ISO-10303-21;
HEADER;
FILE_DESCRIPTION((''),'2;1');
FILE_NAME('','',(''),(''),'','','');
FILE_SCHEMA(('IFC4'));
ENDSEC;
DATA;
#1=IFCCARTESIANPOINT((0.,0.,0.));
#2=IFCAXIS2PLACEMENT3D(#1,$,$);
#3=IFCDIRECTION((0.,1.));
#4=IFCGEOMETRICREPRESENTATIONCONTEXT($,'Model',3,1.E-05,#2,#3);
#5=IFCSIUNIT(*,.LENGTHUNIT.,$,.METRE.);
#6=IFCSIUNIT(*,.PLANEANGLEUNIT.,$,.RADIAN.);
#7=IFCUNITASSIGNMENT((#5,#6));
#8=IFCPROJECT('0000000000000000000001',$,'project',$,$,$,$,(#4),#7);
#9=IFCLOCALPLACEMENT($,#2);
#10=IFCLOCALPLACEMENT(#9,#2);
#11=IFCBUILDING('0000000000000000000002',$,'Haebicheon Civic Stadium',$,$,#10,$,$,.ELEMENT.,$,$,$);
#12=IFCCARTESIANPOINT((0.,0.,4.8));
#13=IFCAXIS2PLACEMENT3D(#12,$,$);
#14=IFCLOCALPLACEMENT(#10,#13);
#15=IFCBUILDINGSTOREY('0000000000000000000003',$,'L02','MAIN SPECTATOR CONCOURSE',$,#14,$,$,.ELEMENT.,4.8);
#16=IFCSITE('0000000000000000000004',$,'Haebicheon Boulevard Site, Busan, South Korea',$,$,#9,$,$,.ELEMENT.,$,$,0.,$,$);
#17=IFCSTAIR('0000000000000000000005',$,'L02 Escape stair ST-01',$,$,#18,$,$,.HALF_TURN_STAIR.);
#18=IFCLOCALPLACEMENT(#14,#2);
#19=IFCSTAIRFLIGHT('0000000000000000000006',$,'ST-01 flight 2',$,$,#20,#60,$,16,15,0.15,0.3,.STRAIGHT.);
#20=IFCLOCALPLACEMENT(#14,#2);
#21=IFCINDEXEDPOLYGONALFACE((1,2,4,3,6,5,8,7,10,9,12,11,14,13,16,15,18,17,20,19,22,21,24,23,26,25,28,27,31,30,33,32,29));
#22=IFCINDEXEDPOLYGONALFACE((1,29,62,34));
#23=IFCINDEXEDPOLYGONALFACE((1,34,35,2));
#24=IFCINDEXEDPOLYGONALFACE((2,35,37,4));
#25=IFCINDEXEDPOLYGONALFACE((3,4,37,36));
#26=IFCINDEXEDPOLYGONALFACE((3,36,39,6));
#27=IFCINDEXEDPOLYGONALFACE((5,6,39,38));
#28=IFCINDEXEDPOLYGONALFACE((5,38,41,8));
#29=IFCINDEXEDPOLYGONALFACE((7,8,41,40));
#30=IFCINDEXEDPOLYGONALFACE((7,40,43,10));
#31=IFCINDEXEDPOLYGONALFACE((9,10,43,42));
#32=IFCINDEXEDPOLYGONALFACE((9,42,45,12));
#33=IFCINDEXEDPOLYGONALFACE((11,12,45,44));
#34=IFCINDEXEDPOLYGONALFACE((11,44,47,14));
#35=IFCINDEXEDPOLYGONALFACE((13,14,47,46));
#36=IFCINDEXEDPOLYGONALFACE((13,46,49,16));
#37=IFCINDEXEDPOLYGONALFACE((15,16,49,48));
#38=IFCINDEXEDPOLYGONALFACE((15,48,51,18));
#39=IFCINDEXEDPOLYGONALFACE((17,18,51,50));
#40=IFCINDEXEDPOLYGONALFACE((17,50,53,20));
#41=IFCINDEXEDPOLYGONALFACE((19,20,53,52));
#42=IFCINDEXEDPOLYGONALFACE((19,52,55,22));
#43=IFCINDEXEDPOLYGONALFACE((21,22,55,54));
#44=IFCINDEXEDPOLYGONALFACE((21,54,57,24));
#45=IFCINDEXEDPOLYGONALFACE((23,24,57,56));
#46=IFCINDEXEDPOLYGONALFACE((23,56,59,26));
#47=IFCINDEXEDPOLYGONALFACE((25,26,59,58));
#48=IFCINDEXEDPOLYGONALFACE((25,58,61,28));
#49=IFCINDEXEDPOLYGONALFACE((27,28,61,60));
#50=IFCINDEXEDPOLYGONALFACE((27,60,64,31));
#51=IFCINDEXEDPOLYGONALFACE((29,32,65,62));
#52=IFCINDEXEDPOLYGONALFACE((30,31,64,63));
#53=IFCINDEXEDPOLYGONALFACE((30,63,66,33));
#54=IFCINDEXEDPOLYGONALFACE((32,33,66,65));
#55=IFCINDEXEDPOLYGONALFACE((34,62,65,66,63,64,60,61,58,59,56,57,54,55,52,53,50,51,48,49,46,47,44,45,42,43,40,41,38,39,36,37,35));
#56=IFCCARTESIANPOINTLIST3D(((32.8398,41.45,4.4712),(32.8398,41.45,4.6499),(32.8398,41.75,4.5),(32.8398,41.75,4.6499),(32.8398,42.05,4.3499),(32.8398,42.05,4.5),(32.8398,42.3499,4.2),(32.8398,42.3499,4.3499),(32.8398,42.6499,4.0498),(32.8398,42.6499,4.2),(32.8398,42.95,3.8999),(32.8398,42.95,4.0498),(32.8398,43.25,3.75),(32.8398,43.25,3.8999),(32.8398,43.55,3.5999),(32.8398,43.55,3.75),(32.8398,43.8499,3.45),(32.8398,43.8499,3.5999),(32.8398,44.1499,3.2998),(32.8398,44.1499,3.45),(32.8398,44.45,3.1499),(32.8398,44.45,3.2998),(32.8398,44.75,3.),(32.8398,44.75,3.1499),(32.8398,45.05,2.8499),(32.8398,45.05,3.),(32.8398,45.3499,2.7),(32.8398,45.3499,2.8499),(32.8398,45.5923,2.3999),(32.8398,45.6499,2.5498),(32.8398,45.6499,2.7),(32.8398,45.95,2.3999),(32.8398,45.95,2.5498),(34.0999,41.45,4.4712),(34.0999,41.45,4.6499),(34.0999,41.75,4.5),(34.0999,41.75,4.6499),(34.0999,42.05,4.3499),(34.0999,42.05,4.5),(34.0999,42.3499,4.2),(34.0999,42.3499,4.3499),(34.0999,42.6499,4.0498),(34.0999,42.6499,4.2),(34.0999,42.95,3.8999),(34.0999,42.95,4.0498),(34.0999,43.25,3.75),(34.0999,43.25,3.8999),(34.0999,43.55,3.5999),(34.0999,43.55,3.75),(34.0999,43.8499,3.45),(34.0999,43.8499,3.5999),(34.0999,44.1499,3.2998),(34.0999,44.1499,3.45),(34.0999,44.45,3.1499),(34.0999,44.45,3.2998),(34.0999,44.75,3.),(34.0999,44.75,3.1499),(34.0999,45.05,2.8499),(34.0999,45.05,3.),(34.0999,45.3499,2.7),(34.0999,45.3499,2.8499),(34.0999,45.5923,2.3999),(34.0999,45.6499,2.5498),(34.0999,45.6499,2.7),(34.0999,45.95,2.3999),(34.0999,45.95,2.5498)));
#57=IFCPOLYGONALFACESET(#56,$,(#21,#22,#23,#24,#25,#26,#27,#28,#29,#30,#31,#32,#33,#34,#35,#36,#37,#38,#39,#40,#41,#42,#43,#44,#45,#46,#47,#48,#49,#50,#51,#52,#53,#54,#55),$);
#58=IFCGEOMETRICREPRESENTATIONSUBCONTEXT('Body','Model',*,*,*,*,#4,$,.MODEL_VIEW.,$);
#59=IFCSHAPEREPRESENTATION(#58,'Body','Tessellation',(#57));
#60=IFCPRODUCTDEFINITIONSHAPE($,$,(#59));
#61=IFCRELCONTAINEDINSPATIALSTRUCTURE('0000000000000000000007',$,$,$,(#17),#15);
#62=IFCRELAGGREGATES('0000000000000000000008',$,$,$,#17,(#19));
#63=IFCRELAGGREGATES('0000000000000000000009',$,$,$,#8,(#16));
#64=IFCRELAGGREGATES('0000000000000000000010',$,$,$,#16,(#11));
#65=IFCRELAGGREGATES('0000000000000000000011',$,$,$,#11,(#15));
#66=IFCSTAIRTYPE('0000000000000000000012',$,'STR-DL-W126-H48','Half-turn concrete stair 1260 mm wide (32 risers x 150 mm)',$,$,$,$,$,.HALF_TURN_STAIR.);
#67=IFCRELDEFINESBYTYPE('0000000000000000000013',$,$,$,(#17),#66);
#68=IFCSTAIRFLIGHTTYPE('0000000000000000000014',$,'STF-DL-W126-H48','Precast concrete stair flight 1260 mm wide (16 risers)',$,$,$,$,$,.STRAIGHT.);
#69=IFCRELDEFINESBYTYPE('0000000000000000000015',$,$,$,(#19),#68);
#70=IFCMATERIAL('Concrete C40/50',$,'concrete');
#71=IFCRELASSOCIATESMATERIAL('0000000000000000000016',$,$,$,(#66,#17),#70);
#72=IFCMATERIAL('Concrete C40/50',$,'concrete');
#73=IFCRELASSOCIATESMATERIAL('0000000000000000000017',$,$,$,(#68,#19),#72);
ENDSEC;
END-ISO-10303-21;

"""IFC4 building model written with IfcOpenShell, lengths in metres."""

from ifc_helpers import new_model, si_unit, direction, frame, origin, place, context, subcontext, project, spatial, polyline, outline, extrude, material, type_object, element, aggregate, save


model = new_model("IFC4")

# Units and contexts
model_context = context("Model", 3, precision=1e-05, world=origin(), true_north=direction((0.0, 1.0)))
body_context = subcontext(model_context, "Body", "Model", "MODEL_VIEW")
ifc_project = project(units=[si_unit("LENGTHUNIT", "METRE"), si_unit("PLANEANGLEUNIT", "RADIAN")], contexts=[model_context])

# Site, building, storey
site_placement = place(None, origin())
site = spatial("IfcSite", under=ifc_project, at=site_placement, Name="Haebicheon Boulevard Site, Busan, South Korea", CompositionType="ELEMENT", RefElevation=0.0)
building_placement = place(site_placement, origin())
building = spatial("IfcBuilding", under=site, at=building_placement, Name="Haebicheon Civic Stadium", CompositionType="ELEMENT")
storey_placement = place(building_placement, frame((0.0, 0.0, 4.8)))
storey = spatial("IfcBuildingStorey", under=building, at=storey_placement, Name="L02", Description="MAIN SPECTATOR CONCOURSE", CompositionType="ELEMENT", Elevation=4.8)

# Stair, stair flight
ifc_material_1 = material(Name="Concrete C40/50", Category="concrete")
stair_type = type_object("IfcStairType", Name="STR-DL-W126-H48", Description="Half-turn concrete stair 1260 mm wide (32 risers x 150 mm)", PredefinedType="HALF_TURN_STAIR", material=ifc_material_1)
stair_placement = place(storey_placement, origin())
stair = element("IfcStair", 1, at=stair_placement, inside=storey, type_object=stair_type, material=ifc_material_1, Name="L02 Escape stair ST-01", PredefinedType="HALF_TURN_STAIR")
ifc_material_2 = material(Name="Concrete C40/50", Category="concrete")
stair_flight_type = type_object("IfcStairFlightType", Name="STF-DL-W126-H48", Description="Precast concrete stair flight 1260 mm wide (16 risers)", PredefinedType="STRAIGHT", material=ifc_material_2)
stair_flight_1_placement = place(storey_placement, frame((33.47, 45.95, 2.3999), z_axis=(0.0, 0.0, 1.0), x_axis=(0.0, -1.0, 0.0)))
stair_flight_1 = element("IfcStairFlight", 2, at=stair_flight_1_placement, type_object=stair_flight_type, material=ifc_material_2, Name="ST-01 flight 2", NumberOfRisers=16, NumberOfTreads=15, PredefinedType="STRAIGHT", RiserHeight=0.15, TreadLength=0.3, context=body_context, shape_type="SweptSolid", body=[
    extrude(outline(polyline([(0.0, 0.0), (0.0, 0.1499), (0.3, 0.1499), (0.3, 0.3), (0.6001, 0.3), (0.6001, 0.45), (0.8999, 0.45), (0.8999, 0.6001), (1.2, 0.6001), (1.2, 0.75), (1.5, 0.75), (1.5, 0.8999), (1.8, 0.8999), (1.8, 1.05), (2.1001, 1.05), (2.1001, 1.2), (2.3999, 1.2), (2.3999, 1.3501), (2.7, 1.3501), (2.7, 1.5), (3.0, 1.5), (3.0, 1.6499), (3.3, 1.6499), (3.3, 1.8), (3.6001, 1.8), (3.6001, 1.95), (3.8999, 1.95), (3.8999, 2.1001), (4.2, 2.1001), (4.2, 2.25), (4.5, 2.25), (4.5, 2.3999), (4.5, 2.0713), (0.3577, 0.0), (0.0, 0.0)])), frame((0.0, 0.6299, 0.0), z_axis=(0.0, -1.0, 0.0), x_axis=(1.0, 0.0, 0.0)), (0.0, 0.0, 1.0), 1.26),
])
aggregate(stair, [stair_flight_1])

save(model, "model.ifc")
